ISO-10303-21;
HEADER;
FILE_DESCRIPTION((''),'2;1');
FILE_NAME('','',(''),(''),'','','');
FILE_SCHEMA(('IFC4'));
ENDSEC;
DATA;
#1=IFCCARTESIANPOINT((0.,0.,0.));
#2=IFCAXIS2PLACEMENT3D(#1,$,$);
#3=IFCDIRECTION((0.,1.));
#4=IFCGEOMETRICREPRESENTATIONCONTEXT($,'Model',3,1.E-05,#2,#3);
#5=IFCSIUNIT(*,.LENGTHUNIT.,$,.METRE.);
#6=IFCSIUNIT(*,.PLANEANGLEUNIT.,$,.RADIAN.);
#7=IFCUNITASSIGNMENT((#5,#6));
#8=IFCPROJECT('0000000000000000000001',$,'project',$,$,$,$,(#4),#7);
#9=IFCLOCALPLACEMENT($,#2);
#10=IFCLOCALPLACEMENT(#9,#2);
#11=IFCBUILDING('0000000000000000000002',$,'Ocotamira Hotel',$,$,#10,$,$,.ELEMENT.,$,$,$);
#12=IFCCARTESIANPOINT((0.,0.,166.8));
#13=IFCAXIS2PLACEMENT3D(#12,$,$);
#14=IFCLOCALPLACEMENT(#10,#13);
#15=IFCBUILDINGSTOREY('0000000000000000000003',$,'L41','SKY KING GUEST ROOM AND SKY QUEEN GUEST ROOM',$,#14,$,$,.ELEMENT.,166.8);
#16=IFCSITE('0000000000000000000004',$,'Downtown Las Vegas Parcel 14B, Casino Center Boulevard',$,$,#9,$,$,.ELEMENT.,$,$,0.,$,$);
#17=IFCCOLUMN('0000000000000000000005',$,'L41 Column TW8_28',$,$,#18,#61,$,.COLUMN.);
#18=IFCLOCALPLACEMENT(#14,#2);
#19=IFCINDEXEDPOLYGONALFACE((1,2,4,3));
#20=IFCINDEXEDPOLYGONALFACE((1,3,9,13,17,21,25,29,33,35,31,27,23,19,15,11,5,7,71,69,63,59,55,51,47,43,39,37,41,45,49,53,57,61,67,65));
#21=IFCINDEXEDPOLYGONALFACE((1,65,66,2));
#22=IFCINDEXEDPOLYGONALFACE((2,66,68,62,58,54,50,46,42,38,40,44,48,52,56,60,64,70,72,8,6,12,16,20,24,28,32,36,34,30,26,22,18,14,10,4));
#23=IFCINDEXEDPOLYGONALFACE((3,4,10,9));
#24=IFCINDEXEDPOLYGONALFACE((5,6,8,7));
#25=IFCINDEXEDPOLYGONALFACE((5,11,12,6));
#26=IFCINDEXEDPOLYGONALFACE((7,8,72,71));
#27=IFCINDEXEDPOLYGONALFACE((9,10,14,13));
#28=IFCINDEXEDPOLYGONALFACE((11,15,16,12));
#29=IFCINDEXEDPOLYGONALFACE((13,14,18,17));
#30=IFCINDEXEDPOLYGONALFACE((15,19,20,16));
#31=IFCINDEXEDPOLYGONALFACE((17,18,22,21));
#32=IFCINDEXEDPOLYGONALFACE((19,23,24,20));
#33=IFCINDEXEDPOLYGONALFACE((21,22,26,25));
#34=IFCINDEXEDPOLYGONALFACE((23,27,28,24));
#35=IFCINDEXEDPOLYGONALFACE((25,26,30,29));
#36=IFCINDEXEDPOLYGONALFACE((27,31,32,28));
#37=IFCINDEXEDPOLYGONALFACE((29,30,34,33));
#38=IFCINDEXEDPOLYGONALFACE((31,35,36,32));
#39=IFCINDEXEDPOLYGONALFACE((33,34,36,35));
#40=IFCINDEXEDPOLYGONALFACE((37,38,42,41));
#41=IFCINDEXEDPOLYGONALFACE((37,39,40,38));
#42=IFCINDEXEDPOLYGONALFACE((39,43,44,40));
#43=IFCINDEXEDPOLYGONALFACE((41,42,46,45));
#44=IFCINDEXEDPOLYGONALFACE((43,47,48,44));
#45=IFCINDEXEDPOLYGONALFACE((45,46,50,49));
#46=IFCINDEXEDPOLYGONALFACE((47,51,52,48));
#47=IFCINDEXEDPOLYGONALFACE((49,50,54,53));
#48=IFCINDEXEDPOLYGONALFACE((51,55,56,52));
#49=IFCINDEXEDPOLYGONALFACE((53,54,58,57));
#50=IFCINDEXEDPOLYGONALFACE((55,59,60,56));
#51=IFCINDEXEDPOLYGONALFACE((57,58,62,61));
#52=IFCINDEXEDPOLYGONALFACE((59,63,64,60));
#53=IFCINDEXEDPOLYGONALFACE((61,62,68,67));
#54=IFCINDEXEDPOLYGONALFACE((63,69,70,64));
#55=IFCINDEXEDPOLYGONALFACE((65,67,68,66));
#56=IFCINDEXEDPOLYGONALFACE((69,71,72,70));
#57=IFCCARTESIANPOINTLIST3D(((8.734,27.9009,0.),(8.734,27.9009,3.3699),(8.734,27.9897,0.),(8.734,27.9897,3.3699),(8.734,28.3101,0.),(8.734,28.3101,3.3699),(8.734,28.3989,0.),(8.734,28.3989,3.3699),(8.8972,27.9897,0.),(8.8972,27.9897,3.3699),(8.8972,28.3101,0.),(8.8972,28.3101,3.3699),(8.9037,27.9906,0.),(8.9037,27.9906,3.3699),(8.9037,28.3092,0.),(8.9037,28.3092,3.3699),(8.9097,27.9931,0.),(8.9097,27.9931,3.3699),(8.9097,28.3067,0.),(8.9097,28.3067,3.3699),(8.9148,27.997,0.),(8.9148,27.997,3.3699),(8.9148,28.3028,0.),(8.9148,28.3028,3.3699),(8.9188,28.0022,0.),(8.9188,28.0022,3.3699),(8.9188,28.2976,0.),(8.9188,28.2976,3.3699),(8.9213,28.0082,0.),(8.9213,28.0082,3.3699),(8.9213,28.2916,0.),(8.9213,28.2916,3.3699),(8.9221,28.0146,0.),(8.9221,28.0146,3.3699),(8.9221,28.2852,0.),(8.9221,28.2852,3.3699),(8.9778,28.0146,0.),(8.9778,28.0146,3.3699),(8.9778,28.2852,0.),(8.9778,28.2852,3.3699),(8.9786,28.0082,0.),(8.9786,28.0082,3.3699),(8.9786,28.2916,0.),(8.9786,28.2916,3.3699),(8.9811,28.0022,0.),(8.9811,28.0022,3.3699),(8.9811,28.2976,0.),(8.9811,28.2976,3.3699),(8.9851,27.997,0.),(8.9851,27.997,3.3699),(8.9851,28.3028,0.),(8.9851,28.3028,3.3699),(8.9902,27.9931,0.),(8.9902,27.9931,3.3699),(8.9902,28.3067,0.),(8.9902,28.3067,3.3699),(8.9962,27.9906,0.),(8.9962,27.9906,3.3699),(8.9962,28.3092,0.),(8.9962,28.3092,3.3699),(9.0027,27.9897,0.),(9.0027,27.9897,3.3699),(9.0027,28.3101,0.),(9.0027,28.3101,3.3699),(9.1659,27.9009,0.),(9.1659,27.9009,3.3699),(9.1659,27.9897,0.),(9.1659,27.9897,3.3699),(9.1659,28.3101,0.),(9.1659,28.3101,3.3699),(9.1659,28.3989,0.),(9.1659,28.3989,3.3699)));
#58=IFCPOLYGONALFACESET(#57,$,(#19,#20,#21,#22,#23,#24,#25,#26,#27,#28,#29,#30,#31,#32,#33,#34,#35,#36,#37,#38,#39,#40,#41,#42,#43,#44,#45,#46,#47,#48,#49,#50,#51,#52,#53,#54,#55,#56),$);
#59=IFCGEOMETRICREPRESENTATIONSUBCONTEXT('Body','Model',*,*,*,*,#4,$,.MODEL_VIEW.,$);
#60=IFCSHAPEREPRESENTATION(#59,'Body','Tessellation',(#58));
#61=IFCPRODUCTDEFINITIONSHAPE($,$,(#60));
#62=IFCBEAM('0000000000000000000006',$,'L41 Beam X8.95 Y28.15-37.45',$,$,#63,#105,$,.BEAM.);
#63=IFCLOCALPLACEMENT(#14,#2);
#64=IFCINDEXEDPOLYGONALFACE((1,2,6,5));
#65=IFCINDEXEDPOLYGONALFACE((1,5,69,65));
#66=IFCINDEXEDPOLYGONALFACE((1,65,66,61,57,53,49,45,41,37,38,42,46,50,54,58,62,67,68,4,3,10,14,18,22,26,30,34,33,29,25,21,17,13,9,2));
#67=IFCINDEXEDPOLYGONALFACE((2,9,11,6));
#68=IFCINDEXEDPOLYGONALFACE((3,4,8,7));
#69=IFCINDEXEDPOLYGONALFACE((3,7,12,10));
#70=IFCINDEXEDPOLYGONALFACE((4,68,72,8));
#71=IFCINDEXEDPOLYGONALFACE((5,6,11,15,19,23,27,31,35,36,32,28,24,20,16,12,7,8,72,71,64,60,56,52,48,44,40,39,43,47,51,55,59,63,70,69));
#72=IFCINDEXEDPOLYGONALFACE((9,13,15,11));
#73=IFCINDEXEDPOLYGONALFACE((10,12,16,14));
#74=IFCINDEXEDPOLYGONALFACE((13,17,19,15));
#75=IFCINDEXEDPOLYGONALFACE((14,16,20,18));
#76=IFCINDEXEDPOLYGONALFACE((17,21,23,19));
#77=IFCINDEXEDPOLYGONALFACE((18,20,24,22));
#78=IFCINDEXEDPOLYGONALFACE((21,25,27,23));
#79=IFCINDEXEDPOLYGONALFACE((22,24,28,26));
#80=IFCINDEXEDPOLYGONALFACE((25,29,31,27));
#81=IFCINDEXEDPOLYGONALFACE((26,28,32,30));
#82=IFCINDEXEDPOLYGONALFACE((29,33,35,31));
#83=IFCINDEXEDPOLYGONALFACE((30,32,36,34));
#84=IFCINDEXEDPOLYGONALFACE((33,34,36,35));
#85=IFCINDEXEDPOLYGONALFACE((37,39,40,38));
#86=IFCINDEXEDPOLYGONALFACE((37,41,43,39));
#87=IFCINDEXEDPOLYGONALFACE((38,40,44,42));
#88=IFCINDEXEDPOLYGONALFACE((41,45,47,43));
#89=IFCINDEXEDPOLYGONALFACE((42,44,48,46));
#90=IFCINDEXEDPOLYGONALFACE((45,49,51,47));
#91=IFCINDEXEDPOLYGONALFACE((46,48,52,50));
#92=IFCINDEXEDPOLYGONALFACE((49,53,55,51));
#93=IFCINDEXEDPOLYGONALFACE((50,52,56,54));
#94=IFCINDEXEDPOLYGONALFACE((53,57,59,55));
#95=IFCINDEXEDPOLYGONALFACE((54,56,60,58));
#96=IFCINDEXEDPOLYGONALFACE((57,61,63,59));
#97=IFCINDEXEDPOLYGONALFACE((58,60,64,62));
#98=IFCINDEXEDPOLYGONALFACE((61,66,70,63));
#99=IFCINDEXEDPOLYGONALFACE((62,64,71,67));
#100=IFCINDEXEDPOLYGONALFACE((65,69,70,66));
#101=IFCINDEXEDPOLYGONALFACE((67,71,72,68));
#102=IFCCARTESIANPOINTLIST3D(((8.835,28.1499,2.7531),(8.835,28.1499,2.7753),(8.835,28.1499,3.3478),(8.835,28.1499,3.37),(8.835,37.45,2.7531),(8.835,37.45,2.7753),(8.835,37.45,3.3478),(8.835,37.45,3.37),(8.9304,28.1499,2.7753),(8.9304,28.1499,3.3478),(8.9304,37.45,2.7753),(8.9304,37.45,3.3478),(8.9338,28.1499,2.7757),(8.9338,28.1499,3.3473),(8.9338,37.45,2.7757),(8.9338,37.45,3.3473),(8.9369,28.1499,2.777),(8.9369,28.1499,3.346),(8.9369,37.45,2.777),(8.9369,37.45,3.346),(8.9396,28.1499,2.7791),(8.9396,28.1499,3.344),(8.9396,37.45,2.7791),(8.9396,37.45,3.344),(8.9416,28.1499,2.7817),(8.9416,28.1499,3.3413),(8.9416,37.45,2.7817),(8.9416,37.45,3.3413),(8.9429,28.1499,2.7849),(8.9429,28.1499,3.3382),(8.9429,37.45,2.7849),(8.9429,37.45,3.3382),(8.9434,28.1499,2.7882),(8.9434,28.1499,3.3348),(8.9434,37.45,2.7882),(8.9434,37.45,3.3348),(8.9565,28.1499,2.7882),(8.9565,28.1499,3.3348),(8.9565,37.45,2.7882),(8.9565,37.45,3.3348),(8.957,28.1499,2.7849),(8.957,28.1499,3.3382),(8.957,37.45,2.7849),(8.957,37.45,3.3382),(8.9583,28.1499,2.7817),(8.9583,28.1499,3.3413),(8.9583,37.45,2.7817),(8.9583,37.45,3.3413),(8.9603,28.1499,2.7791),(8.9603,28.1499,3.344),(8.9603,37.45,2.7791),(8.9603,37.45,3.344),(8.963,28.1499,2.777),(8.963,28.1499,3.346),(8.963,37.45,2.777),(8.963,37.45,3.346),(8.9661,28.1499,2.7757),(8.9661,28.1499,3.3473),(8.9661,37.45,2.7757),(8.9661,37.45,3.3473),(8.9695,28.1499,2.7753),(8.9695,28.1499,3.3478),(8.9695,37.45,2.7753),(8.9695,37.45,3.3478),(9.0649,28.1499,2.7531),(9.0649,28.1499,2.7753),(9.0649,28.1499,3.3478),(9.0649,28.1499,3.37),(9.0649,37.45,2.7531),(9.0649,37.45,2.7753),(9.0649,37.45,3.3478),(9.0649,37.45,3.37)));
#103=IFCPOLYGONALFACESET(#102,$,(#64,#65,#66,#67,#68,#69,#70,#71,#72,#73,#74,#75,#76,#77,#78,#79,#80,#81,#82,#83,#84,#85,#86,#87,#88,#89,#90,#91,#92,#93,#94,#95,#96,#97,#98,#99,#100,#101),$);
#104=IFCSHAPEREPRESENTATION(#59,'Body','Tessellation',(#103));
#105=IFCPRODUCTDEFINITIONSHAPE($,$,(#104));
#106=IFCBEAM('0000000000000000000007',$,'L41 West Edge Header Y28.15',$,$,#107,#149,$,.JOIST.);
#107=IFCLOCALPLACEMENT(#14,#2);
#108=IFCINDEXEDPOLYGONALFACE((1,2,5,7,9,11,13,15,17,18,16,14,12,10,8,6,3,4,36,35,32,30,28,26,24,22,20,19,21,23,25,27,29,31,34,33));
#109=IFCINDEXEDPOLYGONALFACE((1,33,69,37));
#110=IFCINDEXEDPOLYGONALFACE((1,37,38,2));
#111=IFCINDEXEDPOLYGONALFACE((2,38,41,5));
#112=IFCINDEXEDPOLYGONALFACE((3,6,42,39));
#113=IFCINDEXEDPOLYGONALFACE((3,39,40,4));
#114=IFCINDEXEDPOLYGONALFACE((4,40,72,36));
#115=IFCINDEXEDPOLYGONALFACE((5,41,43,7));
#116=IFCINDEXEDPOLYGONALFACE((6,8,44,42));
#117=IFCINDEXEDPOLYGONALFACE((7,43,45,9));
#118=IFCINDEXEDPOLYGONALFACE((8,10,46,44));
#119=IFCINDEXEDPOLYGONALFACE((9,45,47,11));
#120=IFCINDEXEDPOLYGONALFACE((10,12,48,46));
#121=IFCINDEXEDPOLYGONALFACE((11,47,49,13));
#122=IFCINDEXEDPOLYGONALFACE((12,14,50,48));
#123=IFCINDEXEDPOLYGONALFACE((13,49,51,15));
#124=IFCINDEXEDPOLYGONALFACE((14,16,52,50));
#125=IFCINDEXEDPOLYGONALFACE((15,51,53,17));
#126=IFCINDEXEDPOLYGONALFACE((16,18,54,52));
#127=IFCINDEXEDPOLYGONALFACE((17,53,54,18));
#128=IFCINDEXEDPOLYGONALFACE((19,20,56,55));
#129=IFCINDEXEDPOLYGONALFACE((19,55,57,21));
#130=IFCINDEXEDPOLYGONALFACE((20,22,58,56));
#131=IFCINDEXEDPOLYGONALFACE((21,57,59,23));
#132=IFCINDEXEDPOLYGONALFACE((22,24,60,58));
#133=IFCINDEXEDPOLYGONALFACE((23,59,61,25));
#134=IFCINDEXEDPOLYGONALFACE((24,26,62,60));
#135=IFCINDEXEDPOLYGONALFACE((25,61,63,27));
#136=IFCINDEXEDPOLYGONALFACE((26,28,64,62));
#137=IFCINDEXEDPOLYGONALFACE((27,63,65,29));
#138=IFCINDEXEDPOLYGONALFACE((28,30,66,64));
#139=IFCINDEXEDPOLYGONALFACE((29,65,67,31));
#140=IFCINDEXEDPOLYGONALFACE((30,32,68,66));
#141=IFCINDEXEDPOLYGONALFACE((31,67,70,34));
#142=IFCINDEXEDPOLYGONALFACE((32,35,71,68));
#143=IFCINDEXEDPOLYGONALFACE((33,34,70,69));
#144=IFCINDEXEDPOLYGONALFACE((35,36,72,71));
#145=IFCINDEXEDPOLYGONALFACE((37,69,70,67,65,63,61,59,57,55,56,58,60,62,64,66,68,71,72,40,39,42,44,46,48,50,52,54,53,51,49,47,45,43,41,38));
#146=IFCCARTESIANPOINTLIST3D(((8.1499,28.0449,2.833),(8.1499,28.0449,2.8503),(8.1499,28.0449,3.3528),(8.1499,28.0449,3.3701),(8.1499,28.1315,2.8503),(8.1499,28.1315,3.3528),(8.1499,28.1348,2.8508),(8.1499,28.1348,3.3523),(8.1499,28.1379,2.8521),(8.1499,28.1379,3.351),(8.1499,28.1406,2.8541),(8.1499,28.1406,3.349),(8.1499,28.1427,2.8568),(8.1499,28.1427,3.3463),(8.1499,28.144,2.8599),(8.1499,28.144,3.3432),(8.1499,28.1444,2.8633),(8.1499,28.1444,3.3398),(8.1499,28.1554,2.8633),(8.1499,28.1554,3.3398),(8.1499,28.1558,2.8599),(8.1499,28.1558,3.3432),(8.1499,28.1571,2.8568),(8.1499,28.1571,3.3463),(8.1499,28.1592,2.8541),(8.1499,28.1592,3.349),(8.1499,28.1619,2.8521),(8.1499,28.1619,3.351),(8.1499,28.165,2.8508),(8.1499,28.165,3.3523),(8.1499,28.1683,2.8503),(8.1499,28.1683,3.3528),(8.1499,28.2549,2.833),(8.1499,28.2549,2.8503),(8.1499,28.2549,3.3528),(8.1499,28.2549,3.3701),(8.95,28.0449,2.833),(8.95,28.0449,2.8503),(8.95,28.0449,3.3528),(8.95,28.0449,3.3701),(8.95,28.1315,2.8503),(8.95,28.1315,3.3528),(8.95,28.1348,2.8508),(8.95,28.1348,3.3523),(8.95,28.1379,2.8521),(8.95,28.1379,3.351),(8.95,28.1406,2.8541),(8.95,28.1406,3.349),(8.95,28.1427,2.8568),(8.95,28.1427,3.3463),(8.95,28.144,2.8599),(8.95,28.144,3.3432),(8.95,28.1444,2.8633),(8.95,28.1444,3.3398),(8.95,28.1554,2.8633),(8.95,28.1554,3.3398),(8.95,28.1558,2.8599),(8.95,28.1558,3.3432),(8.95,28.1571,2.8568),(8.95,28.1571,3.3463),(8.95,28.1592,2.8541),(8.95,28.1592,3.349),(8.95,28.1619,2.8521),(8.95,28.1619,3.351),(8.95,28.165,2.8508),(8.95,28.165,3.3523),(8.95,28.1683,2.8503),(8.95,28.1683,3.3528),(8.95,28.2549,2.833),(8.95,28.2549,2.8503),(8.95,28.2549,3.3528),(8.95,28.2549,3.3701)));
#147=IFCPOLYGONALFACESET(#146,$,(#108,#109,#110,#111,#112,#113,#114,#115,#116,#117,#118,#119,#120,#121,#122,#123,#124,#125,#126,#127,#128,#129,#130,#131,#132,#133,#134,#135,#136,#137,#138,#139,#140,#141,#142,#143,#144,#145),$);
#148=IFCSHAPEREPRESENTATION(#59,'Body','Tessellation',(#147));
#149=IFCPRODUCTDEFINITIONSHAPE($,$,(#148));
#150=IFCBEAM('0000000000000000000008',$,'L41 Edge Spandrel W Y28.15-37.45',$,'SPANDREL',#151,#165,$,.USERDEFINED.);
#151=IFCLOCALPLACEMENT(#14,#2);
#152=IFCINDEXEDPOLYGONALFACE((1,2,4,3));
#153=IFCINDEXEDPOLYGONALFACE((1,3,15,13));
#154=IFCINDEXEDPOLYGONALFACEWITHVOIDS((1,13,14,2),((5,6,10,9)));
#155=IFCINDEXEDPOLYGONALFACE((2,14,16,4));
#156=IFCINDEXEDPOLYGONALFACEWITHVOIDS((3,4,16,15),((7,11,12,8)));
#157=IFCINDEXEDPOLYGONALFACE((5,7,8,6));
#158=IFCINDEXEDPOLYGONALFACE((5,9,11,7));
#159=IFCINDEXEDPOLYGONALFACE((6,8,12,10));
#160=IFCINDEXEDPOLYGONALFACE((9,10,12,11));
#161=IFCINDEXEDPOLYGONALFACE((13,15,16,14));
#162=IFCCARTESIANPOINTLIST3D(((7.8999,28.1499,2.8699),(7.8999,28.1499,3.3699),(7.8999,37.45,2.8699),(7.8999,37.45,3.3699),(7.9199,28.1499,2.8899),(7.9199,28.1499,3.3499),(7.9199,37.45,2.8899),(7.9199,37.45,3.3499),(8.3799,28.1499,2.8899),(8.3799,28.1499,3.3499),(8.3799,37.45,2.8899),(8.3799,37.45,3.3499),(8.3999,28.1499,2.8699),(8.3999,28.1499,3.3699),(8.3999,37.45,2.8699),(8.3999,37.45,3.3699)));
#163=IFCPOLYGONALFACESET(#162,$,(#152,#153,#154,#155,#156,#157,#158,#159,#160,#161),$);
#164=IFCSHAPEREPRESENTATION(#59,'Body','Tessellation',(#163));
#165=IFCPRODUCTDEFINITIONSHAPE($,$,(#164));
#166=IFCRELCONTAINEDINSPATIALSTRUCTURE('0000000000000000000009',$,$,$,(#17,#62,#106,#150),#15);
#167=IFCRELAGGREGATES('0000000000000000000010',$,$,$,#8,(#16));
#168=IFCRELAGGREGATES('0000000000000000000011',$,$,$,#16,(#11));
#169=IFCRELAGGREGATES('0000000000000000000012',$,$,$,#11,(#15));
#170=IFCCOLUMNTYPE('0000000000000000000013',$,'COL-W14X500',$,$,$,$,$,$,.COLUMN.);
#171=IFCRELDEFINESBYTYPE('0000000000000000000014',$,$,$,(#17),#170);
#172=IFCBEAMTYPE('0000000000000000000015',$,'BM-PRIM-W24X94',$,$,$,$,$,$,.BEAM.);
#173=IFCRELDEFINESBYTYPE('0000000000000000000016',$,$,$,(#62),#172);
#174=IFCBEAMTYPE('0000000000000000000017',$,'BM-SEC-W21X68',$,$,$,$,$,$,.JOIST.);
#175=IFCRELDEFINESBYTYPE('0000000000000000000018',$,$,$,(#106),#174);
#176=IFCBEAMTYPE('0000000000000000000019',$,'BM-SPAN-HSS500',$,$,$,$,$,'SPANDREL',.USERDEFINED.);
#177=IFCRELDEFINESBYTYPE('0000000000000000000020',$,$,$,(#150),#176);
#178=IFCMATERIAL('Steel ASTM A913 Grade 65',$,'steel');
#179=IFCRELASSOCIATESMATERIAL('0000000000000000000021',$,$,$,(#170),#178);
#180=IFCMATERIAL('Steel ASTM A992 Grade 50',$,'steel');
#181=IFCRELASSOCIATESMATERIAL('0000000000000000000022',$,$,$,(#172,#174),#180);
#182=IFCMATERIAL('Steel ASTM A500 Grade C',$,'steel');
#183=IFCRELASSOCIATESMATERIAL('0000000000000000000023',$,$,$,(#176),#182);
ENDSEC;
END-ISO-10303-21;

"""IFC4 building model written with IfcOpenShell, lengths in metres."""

from ifc_helpers import new_model, si_unit, direction, frame, origin, origin_2d, place, context, subcontext, project, spatial, hollow_rectangle, i_section, extrude, source, transform, mapped, material, material_profile, profile_set, type_object, element, save


model = new_model("IFC4")

# Units and contexts
model_context = context("Model", 3, precision=1e-05, world=origin(), true_north=direction((0.0, 1.0)))
body_context = subcontext(model_context, "Body", "Model", "MODEL_VIEW")
ifc_project = project(units=[si_unit("LENGTHUNIT", "METRE"), si_unit("PLANEANGLEUNIT", "RADIAN")], contexts=[model_context])

# Site, building, storey
site_placement = place(None, origin())
site = spatial("IfcSite", under=ifc_project, at=site_placement, Name="Downtown Las Vegas Parcel 14B, Casino Center Boulevard", CompositionType="ELEMENT", RefElevation=0.0)
building_placement = place(site_placement, origin())
building = spatial("IfcBuilding", under=site, at=building_placement, Name="Ocotamira Hotel", CompositionType="ELEMENT")
storey_placement = place(building_placement, frame((0.0, 0.0, 166.8)))
storey = spatial("IfcBuildingStorey", under=building, at=storey_placement, Name="L41", Description="SKY KING GUEST ROOM AND SKY QUEEN GUEST ROOM", CompositionType="ELEMENT", Elevation=166.8)

# Column
ifc_material_1 = material(Name="Steel ASTM A913 Grade 65", Category="steel")
ifc_material_profile_1 = material_profile(ifc_material_1, i_section(OverallWidth=0.4319, OverallDepth=0.498, WebThickness=0.0557, FlangeThickness=0.0889, FilletRadius=0.0249, at=origin_2d()), Name="W14X500")
ifc_profile_set_1 = profile_set([ifc_material_profile_1], Name="Steel ASTM A913 Grade 65")
column_type = type_object("IfcColumnType", Name="COL-W14X500", PredefinedType="COLUMN", material=ifc_profile_set_1)
shared_shape_1 = source(origin(), body_context, "Body", "SweptSolid", [
    extrude(i_section(OverallWidth=0.4319, OverallDepth=0.498, WebThickness=0.0557, FlangeThickness=0.0889, FilletRadius=0.0249, at=origin_2d()), origin(), (0.0, 0.0, 1.0), 3.3699),
])
column_placement = place(storey_placement, frame((8.95, 28.1499, 0.0), z_axis=(0.0, 0.0, 1.0), x_axis=(1.0, 0.0, 0.0)))
element("IfcColumn", 1, at=column_placement, inside=storey, type_object=column_type, Name="L41 Column TW8_28", PredefinedType="COLUMN", context=body_context, shape_type="MappedRepresentation", body=[
    mapped(shared_shape_1, transform((0.0, 0.0, 0.0), scale=1.0)),
])

# Beams
ifc_material_2 = material(Name="Steel ASTM A992 Grade 50", Category="steel")
ifc_material_profile_2 = material_profile(ifc_material_2, i_section(OverallWidth=0.23, OverallDepth=0.6169, WebThickness=0.0132, FlangeThickness=0.0222, FilletRadius=0.0129, at=origin_2d()), Name="W24X94")
ifc_profile_set_2 = profile_set([ifc_material_profile_2], Name="Steel ASTM A992 Grade 50")
beam_type_1 = type_object("IfcBeamType", Name="BM-PRIM-W24X94", PredefinedType="BEAM", material=ifc_profile_set_2)
shared_shape_2 = source(origin(), body_context, "Body", "SweptSolid", [
    extrude(i_section(OverallWidth=0.23, OverallDepth=0.6169, WebThickness=0.0132, FlangeThickness=0.0222, FilletRadius=0.0129, at=origin_2d()), origin(), (0.0, 0.0, 1.0), 9.3),
])
beam_1_placement = place(storey_placement, frame((8.95, 28.1499, 3.0615), z_axis=(0.0, 1.0, 0.0), x_axis=(-1.0, 0.0, 0.0)))
element("IfcBeam", 2, at=beam_1_placement, inside=storey, type_object=beam_type_1, Name="L41 Beam X8.95 Y28.15-37.45", PredefinedType="BEAM", context=body_context, shape_type="MappedRepresentation", body=[
    mapped(shared_shape_2, transform((0.0, 0.0, 0.0), scale=1.0)),
])
ifc_material_profile_3 = material_profile(ifc_material_2, i_section(OverallWidth=0.21, OverallDepth=0.5371, WebThickness=0.011, FlangeThickness=0.0173, FilletRadius=0.0129, at=origin_2d()), Name="W21X68")
ifc_profile_set_3 = profile_set([ifc_material_profile_3], Name="Steel ASTM A992 Grade 50")
beam_type_2 = type_object("IfcBeamType", Name="BM-SEC-W21X68", PredefinedType="JOIST", material=ifc_profile_set_3)
shared_shape_3 = source(origin(), body_context, "Body", "SweptSolid", [
    extrude(i_section(OverallWidth=0.21, OverallDepth=0.5371, WebThickness=0.011, FlangeThickness=0.0173, FilletRadius=0.0129, at=origin_2d()), origin(), (0.0, 0.0, 1.0), 0.8),
])
beam_2_placement = place(storey_placement, frame((8.95, 28.1499, 3.1016), z_axis=(-1.0, 0.0, 0.0), x_axis=(0.0, -1.0, 0.0)))
element("IfcBeam", 3, at=beam_2_placement, inside=storey, type_object=beam_type_2, Name="L41 West Edge Header Y28.15", PredefinedType="JOIST", context=body_context, shape_type="MappedRepresentation", body=[
    mapped(shared_shape_3, transform((0.0, 0.0, 0.0), scale=1.0)),
])
ifc_material_3 = material(Name="Steel ASTM A500 Grade C", Category="steel")
ifc_material_profile_4 = material_profile(ifc_material_3, hollow_rectangle(XDim=0.5, YDim=0.5, WallThickness=0.02, at=origin_2d()), Name="HSS500X500X20")
ifc_profile_set_4 = profile_set([ifc_material_profile_4], Name="Steel ASTM A500 Grade C")
beam_type_3 = type_object("IfcBeamType", Name="BM-SPAN-HSS500", ElementType="SPANDREL", PredefinedType="USERDEFINED", material=ifc_profile_set_4)
shared_shape_4 = source(origin(), body_context, "Body", "SweptSolid", [
    extrude(hollow_rectangle(XDim=0.5, YDim=0.5, WallThickness=0.02, at=origin_2d()), origin(), (0.0, 0.0, 1.0), 9.3),
])
beam_3_placement = place(storey_placement, frame((8.1499, 28.1499, 3.1199), z_axis=(0.0, 1.0, 0.0), x_axis=(-1.0, 0.0, 0.0)))
element("IfcBeam", 4, at=beam_3_placement, inside=storey, type_object=beam_type_3, Name="L41 Edge Spandrel W Y28.15-37.45", ObjectType="SPANDREL", PredefinedType="USERDEFINED", context=body_context, shape_type="MappedRepresentation", body=[
    mapped(shared_shape_4, transform((0.0, 0.0, 0.0), scale=1.0)),
])

save(model, "model.ifc")
